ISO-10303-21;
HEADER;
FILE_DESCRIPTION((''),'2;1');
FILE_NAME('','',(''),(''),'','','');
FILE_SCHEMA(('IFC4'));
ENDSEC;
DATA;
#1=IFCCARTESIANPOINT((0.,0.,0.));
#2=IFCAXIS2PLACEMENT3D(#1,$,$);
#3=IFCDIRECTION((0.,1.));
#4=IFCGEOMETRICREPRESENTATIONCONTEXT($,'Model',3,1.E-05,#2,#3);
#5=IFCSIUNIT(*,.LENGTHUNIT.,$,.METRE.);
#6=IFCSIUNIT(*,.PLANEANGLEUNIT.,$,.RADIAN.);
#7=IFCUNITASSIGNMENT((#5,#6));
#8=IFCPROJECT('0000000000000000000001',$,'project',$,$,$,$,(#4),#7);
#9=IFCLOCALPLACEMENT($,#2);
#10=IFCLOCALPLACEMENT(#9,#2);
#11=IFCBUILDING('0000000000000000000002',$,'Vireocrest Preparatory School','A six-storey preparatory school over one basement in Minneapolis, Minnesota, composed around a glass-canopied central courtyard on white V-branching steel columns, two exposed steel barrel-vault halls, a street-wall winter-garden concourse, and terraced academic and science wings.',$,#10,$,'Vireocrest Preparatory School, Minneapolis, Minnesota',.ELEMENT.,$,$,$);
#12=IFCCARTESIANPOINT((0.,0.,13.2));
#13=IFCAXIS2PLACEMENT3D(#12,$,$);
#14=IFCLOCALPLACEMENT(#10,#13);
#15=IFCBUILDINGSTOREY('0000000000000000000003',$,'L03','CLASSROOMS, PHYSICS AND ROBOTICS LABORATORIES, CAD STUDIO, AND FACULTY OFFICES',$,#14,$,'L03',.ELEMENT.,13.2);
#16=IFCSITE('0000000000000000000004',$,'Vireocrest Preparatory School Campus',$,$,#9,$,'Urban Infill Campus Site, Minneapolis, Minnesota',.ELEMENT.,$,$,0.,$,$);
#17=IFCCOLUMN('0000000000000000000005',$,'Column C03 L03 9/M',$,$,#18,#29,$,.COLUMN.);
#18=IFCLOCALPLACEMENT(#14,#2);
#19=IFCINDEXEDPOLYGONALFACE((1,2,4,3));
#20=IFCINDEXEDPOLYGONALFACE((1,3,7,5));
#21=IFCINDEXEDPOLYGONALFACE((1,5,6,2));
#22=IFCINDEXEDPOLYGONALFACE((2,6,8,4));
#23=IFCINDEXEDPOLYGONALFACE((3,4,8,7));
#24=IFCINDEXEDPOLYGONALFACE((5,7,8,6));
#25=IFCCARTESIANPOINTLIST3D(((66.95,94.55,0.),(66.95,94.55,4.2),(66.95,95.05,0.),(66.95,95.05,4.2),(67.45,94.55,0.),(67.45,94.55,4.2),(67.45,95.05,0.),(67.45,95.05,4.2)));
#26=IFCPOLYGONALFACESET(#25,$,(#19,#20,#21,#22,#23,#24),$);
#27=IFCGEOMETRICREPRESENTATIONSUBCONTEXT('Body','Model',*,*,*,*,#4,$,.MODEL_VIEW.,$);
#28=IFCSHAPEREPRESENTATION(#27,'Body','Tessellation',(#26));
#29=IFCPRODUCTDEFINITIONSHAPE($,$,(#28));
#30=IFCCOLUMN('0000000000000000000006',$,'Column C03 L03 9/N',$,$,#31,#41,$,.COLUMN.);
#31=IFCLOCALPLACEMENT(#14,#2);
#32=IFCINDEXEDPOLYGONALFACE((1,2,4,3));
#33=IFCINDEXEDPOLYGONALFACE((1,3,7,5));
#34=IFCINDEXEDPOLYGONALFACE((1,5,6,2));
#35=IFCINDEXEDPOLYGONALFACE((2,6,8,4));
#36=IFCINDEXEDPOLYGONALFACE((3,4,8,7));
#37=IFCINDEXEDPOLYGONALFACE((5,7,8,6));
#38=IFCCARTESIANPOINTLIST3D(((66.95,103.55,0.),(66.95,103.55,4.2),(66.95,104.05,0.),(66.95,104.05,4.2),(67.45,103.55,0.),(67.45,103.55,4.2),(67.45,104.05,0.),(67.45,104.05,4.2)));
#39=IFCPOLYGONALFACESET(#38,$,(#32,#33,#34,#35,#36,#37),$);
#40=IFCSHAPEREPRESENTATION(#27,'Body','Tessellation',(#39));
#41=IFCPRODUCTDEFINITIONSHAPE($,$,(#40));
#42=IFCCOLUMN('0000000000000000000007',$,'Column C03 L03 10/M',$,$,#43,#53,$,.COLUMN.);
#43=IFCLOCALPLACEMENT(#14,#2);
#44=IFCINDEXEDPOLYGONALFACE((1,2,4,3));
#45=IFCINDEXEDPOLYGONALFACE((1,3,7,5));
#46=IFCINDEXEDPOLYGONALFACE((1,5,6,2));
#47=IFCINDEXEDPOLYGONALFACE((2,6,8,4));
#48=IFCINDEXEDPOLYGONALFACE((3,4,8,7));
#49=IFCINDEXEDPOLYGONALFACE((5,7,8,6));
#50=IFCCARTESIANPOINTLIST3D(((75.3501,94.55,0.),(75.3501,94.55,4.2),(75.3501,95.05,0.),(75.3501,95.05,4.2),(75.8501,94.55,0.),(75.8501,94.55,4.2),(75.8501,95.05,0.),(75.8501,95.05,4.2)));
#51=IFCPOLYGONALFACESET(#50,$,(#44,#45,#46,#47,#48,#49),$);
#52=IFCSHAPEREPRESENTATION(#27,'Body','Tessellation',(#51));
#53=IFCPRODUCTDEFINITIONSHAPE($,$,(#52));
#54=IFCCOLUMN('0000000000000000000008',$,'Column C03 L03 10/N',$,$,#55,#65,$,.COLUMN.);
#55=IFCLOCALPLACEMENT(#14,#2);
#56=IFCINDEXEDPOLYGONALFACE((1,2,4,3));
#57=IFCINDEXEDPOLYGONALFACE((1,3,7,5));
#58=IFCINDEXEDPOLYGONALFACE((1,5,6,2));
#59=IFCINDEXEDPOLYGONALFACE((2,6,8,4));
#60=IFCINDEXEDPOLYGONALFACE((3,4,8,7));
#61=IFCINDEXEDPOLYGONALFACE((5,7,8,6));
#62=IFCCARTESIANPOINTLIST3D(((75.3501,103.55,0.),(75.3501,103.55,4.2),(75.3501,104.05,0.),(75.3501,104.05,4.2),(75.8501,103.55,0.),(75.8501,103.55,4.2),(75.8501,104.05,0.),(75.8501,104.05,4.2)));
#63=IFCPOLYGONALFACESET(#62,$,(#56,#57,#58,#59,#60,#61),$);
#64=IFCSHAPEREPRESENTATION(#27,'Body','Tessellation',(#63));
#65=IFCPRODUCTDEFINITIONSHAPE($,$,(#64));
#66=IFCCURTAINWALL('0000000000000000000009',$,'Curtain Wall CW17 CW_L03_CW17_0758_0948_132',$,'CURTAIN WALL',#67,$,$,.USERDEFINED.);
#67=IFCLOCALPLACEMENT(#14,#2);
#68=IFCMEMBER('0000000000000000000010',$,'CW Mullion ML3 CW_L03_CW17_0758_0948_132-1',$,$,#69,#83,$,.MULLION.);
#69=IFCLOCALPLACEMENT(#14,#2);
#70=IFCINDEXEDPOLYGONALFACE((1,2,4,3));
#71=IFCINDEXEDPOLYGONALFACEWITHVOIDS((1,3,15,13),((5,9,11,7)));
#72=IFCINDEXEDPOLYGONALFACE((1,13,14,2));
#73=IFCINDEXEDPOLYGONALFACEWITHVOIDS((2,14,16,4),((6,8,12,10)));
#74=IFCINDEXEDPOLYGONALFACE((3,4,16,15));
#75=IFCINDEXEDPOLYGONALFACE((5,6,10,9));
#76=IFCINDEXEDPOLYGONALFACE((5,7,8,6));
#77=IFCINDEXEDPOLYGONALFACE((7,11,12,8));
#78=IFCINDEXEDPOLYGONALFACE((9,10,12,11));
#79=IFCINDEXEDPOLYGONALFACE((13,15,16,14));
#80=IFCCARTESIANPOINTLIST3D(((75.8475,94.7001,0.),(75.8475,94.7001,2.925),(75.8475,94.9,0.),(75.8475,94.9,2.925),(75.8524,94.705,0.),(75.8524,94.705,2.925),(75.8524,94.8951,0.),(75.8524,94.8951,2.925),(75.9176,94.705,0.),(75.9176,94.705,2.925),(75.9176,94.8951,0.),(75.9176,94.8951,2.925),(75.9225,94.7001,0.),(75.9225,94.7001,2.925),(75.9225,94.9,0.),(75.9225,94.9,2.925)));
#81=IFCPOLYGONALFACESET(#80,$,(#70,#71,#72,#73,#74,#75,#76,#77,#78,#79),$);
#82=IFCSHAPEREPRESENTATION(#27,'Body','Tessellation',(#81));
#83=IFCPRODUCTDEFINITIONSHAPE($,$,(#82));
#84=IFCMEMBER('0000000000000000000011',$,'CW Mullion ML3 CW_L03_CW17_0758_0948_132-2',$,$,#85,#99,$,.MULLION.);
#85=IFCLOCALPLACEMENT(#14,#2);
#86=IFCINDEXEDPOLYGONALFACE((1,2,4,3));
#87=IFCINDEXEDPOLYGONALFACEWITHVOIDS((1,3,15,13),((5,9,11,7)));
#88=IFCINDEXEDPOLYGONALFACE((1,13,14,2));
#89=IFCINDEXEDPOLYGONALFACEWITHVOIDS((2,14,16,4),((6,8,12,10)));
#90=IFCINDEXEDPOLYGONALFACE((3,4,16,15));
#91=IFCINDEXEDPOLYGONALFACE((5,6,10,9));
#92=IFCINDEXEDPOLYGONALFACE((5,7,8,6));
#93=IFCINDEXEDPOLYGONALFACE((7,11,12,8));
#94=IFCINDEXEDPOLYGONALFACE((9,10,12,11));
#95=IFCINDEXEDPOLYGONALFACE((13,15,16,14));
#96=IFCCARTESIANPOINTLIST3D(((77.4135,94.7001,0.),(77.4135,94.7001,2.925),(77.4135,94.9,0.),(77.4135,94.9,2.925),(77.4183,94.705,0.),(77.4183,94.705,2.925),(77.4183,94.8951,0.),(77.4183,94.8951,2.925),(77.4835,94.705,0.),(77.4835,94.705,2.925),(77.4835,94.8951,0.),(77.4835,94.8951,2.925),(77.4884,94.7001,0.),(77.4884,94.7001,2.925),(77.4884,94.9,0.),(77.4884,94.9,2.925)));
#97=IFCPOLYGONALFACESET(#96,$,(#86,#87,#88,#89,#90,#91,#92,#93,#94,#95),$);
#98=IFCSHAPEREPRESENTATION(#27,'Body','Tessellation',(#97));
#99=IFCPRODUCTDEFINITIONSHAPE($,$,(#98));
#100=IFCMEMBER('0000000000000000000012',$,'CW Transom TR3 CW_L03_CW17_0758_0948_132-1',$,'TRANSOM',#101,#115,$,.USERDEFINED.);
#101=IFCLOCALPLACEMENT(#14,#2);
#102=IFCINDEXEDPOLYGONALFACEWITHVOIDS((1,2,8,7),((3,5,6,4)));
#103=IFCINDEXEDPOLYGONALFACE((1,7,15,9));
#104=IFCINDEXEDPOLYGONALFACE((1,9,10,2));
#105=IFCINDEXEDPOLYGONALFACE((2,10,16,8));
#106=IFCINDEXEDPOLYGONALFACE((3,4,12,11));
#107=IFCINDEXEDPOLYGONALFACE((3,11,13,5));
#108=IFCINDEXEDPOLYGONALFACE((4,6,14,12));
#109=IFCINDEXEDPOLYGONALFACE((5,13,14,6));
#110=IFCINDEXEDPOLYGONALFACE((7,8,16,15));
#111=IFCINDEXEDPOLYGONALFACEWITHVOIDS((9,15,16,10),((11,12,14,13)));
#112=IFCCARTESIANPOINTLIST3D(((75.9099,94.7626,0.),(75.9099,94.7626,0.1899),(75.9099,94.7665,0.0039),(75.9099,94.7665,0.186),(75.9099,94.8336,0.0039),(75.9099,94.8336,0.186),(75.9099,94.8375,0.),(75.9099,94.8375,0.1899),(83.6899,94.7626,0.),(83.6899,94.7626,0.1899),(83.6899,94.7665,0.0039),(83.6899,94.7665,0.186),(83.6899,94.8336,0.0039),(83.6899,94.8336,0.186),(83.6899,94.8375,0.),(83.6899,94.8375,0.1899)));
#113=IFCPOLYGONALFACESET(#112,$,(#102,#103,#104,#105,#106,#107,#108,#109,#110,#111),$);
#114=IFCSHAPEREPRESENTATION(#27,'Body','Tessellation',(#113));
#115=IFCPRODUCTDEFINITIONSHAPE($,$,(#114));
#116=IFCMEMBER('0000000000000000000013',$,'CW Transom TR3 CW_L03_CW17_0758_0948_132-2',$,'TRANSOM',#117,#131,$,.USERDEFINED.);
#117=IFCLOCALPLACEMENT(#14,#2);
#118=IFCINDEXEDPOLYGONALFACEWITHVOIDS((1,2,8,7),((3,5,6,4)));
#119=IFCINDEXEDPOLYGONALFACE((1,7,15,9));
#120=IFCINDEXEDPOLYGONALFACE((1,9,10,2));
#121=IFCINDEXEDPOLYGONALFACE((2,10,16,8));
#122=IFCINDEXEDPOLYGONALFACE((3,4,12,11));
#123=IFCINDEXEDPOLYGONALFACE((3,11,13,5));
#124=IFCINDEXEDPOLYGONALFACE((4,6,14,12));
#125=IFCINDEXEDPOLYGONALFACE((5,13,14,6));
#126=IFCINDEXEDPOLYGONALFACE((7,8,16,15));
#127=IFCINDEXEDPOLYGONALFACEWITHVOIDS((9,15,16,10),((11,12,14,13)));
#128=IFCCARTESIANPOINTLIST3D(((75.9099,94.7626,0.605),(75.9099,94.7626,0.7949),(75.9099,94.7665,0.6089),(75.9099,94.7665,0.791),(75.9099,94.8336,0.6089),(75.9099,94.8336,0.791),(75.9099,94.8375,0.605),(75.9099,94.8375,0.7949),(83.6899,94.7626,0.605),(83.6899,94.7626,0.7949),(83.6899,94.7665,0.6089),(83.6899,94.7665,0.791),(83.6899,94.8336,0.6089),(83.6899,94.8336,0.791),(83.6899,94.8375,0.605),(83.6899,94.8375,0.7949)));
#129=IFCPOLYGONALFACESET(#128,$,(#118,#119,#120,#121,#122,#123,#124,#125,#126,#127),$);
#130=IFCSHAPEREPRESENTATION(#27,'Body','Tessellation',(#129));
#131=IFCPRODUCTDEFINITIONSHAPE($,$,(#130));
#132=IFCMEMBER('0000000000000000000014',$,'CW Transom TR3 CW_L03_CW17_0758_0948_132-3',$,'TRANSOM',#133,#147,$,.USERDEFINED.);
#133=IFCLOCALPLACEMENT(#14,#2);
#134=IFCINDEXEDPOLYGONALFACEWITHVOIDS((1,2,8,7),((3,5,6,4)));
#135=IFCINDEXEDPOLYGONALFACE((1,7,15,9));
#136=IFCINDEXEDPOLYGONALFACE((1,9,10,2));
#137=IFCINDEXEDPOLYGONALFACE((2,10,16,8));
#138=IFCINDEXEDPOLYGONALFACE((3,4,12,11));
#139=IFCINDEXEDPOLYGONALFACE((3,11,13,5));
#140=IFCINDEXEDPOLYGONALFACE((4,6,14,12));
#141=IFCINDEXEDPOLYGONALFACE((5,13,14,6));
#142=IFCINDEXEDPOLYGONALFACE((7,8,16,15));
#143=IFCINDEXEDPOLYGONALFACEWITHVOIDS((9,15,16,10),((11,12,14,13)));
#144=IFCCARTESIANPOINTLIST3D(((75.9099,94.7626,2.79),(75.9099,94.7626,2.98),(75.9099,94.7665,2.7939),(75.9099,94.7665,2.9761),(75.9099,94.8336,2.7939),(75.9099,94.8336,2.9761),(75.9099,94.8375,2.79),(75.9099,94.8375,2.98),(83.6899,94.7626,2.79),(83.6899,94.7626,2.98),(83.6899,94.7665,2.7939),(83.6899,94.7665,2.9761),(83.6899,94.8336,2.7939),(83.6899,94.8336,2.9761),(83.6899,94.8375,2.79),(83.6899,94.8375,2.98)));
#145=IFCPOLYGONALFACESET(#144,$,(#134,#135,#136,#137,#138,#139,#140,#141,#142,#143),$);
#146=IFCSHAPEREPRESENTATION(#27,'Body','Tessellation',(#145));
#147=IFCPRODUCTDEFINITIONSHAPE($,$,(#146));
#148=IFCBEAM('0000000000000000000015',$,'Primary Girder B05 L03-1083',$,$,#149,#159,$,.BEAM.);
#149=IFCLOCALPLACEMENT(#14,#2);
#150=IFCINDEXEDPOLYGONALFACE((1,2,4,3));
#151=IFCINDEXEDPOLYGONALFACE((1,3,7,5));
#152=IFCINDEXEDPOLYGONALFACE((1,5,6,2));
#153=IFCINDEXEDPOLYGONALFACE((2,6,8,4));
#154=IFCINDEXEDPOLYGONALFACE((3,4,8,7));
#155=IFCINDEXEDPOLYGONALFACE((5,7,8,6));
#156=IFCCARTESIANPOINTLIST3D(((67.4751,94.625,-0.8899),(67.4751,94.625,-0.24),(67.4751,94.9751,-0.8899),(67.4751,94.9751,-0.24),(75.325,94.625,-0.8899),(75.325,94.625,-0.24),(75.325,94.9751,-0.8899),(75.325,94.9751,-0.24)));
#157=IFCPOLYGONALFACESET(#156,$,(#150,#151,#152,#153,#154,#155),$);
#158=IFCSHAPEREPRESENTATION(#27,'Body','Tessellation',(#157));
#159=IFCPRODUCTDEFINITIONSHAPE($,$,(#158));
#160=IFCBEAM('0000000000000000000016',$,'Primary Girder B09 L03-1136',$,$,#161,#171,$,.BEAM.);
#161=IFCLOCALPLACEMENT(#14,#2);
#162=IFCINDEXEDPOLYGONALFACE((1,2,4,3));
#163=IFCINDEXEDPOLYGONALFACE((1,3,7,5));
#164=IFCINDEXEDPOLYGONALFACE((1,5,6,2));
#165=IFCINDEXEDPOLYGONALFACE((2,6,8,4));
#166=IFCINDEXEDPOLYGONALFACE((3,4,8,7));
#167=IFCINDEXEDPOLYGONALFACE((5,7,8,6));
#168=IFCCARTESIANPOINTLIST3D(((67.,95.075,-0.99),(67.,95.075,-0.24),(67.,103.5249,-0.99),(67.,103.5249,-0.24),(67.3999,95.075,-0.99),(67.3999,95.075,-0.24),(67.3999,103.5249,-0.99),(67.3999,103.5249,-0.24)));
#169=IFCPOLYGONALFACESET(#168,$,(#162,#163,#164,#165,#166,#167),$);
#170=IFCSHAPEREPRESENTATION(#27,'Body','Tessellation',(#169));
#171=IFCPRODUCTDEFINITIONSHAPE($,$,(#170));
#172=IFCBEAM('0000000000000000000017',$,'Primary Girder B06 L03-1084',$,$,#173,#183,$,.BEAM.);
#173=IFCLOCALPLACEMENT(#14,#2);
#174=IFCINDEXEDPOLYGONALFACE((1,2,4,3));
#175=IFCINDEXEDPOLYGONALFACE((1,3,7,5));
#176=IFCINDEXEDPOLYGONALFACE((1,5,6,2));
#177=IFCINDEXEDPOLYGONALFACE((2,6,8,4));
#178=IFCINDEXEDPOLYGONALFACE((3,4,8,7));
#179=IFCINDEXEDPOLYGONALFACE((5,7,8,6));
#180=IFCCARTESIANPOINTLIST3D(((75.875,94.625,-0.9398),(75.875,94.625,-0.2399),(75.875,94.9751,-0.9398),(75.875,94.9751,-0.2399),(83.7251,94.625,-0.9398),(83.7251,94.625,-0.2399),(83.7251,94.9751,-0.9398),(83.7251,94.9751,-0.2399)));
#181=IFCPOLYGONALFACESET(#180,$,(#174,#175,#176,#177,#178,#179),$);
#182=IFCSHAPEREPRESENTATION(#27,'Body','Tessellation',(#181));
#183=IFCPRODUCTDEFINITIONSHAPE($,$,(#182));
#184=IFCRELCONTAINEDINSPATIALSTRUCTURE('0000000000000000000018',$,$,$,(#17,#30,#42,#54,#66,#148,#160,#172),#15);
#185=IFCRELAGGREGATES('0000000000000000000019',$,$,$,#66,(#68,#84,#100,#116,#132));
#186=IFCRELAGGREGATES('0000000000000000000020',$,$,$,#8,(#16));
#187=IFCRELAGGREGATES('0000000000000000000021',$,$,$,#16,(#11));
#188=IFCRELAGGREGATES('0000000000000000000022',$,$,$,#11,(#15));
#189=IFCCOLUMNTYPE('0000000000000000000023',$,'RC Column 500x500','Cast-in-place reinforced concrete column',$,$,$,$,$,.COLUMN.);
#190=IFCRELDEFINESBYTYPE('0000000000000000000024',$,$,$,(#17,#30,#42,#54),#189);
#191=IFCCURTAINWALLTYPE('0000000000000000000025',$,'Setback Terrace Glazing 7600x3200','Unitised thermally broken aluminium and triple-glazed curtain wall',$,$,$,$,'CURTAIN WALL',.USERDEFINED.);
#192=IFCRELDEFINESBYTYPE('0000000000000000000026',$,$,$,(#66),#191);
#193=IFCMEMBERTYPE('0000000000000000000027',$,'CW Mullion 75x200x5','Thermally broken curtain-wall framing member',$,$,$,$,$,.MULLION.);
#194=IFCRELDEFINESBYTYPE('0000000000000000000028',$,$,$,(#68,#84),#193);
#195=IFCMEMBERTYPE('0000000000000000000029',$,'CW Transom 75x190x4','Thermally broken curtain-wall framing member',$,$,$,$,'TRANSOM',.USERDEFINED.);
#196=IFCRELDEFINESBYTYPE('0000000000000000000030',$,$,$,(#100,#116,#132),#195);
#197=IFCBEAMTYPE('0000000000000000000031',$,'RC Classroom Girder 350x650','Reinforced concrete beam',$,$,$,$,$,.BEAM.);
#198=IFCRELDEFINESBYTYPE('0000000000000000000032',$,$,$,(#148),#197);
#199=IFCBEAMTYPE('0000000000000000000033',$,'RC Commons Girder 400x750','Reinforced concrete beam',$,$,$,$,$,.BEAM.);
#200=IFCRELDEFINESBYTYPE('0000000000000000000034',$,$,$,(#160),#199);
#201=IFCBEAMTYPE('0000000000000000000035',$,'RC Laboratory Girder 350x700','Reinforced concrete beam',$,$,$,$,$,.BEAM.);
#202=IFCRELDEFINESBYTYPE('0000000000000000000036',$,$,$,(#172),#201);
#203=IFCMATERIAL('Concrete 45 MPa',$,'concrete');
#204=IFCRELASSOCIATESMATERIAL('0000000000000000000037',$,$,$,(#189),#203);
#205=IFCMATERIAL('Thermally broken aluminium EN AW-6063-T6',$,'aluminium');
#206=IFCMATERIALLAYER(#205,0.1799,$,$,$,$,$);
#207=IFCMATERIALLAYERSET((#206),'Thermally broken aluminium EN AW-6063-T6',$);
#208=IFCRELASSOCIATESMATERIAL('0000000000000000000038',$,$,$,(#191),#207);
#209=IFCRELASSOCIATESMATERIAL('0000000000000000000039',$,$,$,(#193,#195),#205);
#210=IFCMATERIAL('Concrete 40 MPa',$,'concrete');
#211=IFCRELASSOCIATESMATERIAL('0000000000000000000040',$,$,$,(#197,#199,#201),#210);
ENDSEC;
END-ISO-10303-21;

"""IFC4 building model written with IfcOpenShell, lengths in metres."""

from ifc_helpers import new_model, si_unit, direction, frame, origin, origin_2d, place, context, subcontext, project, spatial, rectangle, hollow_rectangle, extrude, material, layer, layer_set, material_profile, profile_set, type_object, element, aggregate, save


model = new_model("IFC4")

# Units and contexts
model_context = context("Model", 3, precision=1e-05, world=origin(), true_north=direction((0.0, 1.0)))
body_context = subcontext(model_context, "Body", "Model", "MODEL_VIEW")
ifc_project = project(units=[si_unit("LENGTHUNIT", "METRE"), si_unit("PLANEANGLEUNIT", "RADIAN")], contexts=[model_context])

# Site, building, storey
site_placement = place(None, origin())
site = spatial("IfcSite", under=ifc_project, at=site_placement, Name="Vireocrest Preparatory School Campus", LongName="Urban Infill Campus Site, Minneapolis, Minnesota", CompositionType="ELEMENT", RefElevation=0.0)
building_placement = place(site_placement, origin())
building = spatial("IfcBuilding", under=site, at=building_placement, Name="Vireocrest Preparatory School", Description="A six-storey preparatory school over one basement in Minneapolis, Minnesota, composed around a glass-canopied central courtyard on white V-branching steel columns, two exposed steel barrel-vault halls, a street-wall winter-garden concourse, and terraced academic and science wings.", LongName="Vireocrest Preparatory School, Minneapolis, Minnesota", CompositionType="ELEMENT")
storey_placement = place(building_placement, frame((0.0, 0.0, 13.2)))
storey = spatial("IfcBuildingStorey", under=building, at=storey_placement, Name="L03", Description="CLASSROOMS, PHYSICS AND ROBOTICS LABORATORIES, CAD STUDIO, AND FACULTY OFFICES", LongName="L03", CompositionType="ELEMENT", Elevation=13.2)

# Columns
ifc_material_1 = material(Name="Concrete 45 MPa", Category="concrete")
ifc_material_profile_1 = material_profile(ifc_material_1, rectangle(XDim=0.5, YDim=0.5, at=origin_2d()), Name="RC 500x500")
ifc_profile_set_1 = profile_set([ifc_material_profile_1], Name="Concrete 45 MPa")
column_type = type_object("IfcColumnType", Name="RC Column 500x500", Description="Cast-in-place reinforced concrete column", PredefinedType="COLUMN", material=ifc_profile_set_1)
for number, where, z_axis, x_axis, name in (
    (1, (67.2, 94.8, 0.0), (0.0, 0.0, 1.0), (1.0, 0.0, 0.0), "Column C03 L03 9/M"),
    (2, (67.2, 103.8, 0.0), (0.0, 0.0, 1.0), (1.0, 0.0, 0.0), "Column C03 L03 9/N"),
    (3, (75.6001, 94.8, 0.0), (0.0, 0.0, 1.0), (1.0, 0.0, 0.0), "Column C03 L03 10/M"),
    (4, (75.6001, 103.8, 0.0), (0.0, 0.0, 1.0), (1.0, 0.0, 0.0), "Column C03 L03 10/N"),
):
    element("IfcColumn", number, at=place(storey_placement, frame(where, z_axis=z_axis, x_axis=x_axis)), inside=storey, type_object=column_type, Name=name, PredefinedType="COLUMN", context=body_context, shape_type="SweptSolid", body=[
        extrude(rectangle(XDim=0.5, YDim=0.5, at=origin_2d()), origin(), (0.0, 0.0, 1.0), 4.2),
    ])

# Curtain wall, members
ifc_material_2 = material(Name="Thermally broken aluminium EN AW-6063-T6", Category="aluminium")
ifc_layer_1 = layer(ifc_material_2, 0.1799)
ifc_layer_set_1 = layer_set([ifc_layer_1], Name="Thermally broken aluminium EN AW-6063-T6")
curtain_wall_type = type_object("IfcCurtainWallType", Name="Setback Terrace Glazing 7600x3200", Description="Unitised thermally broken aluminium and triple-glazed curtain wall", ElementType="CURTAIN WALL", PredefinedType="USERDEFINED", material=ifc_layer_set_1)
curtain_wall_placement = place(storey_placement, origin())
curtain_wall = element("IfcCurtainWall", 5, at=curtain_wall_placement, inside=storey, type_object=curtain_wall_type, Name="Curtain Wall CW17 CW_L03_CW17_0758_0948_132", ObjectType="CURTAIN WALL", PredefinedType="USERDEFINED")
ifc_material_profile_2 = material_profile(ifc_material_2, hollow_rectangle(XDim=0.075, YDim=0.2, WallThickness=0.0049, at=origin_2d()), Name="ALU 75x200x5")
ifc_profile_set_2 = profile_set([ifc_material_profile_2], Name="Thermally broken aluminium EN AW-6063-T6")
member_type_1 = type_object("IfcMemberType", Name="CW Mullion 75x200x5", Description="Thermally broken curtain-wall framing member", PredefinedType="MULLION", material=ifc_profile_set_2)
member_1_placement = place(storey_placement, frame((75.885, 94.8, 0.0), z_axis=(0.0, 0.0, 1.0), x_axis=(1.0, 0.0, 0.0)))
member_1 = element("IfcMember", 6, at=member_1_placement, type_object=member_type_1, Name="CW Mullion ML3 CW_L03_CW17_0758_0948_132-1", PredefinedType="MULLION", context=body_context, shape_type="SweptSolid", body=[
    extrude(hollow_rectangle(XDim=0.075, YDim=0.2, WallThickness=0.0049, at=origin_2d()), origin(), (0.0, 0.0, 1.0), 2.925),
])
member_2_placement = place(storey_placement, frame((77.4509, 94.8, 0.0), z_axis=(0.0, 0.0, 1.0), x_axis=(1.0, 0.0, 0.0)))
member_2 = element("IfcMember", 7, at=member_2_placement, type_object=member_type_1, Name="CW Mullion ML3 CW_L03_CW17_0758_0948_132-2", PredefinedType="MULLION", context=body_context, shape_type="SweptSolid", body=[
    extrude(hollow_rectangle(XDim=0.075, YDim=0.2, WallThickness=0.0049, at=origin_2d()), origin(), (0.0, 0.0, 1.0), 2.925),
])
ifc_material_profile_3 = material_profile(ifc_material_2, hollow_rectangle(XDim=0.075, YDim=0.1899, WallThickness=0.0039, at=origin_2d()), Name="ALU 75x190x4")
ifc_profile_set_3 = profile_set([ifc_material_profile_3], Name="Thermally broken aluminium EN AW-6063-T6")
member_type_2 = type_object("IfcMemberType", Name="CW Transom 75x190x4", Description="Thermally broken curtain-wall framing member", ElementType="TRANSOM", PredefinedType="USERDEFINED", material=ifc_profile_set_3)
member_3_placement = place(storey_placement, frame((75.9099, 94.8, 0.095), z_axis=(1.0, 0.0, 0.0), x_axis=(0.0, 1.0, 0.0)))
member_3 = element("IfcMember", 8, at=member_3_placement, type_object=member_type_2, Name="CW Transom TR3 CW_L03_CW17_0758_0948_132-1", ObjectType="TRANSOM", PredefinedType="USERDEFINED", context=body_context, shape_type="SweptSolid", body=[
    extrude(hollow_rectangle(XDim=0.075, YDim=0.1899, WallThickness=0.0039, at=origin_2d()), origin(), (0.0, 0.0, 1.0), 7.78),
])
member_4_placement = place(storey_placement, frame((75.9099, 94.8, 0.7), z_axis=(1.0, 0.0, 0.0), x_axis=(0.0, 1.0, 0.0)))
member_4 = element("IfcMember", 9, at=member_4_placement, type_object=member_type_2, Name="CW Transom TR3 CW_L03_CW17_0758_0948_132-2", ObjectType="TRANSOM", PredefinedType="USERDEFINED", context=body_context, shape_type="SweptSolid", body=[
    extrude(hollow_rectangle(XDim=0.075, YDim=0.1899, WallThickness=0.0039, at=origin_2d()), origin(), (0.0, 0.0, 1.0), 7.78),
])
member_5_placement = place(storey_placement, frame((75.9099, 94.8, 2.885), z_axis=(1.0, 0.0, 0.0), x_axis=(0.0, 1.0, 0.0)))
member_5 = element("IfcMember", 10, at=member_5_placement, type_object=member_type_2, Name="CW Transom TR3 CW_L03_CW17_0758_0948_132-3", ObjectType="TRANSOM", PredefinedType="USERDEFINED", context=body_context, shape_type="SweptSolid", body=[
    extrude(hollow_rectangle(XDim=0.075, YDim=0.1899, WallThickness=0.0039, at=origin_2d()), origin(), (0.0, 0.0, 1.0), 7.78),
])

# Beams
ifc_material_3 = material(Name="Concrete 40 MPa", Category="concrete")
ifc_material_profile_4 = material_profile(ifc_material_3, rectangle(XDim=0.3501, YDim=0.6499, at=origin_2d()), Name="RC 350x650")
ifc_profile_set_4 = profile_set([ifc_material_profile_4], Name="Concrete 40 MPa")
beam_type_1 = type_object("IfcBeamType", Name="RC Classroom Girder 350x650", Description="Reinforced concrete beam", PredefinedType="BEAM", material=ifc_profile_set_4)
beam_1_placement = place(storey_placement, frame((67.4751, 94.8, -0.5649), z_axis=(1.0, 0.0, 0.0), x_axis=(0.0, 1.0, 0.0)))
element("IfcBeam", 11, at=beam_1_placement, inside=storey, type_object=beam_type_1, Name="Primary Girder B05 L03-1083", PredefinedType="BEAM", context=body_context, shape_type="SweptSolid", body=[
    extrude(rectangle(XDim=0.3501, YDim=0.6499, at=origin_2d()), origin(), (0.0, 0.0, 1.0), 7.8499),
])
ifc_material_profile_5 = material_profile(ifc_material_3, rectangle(XDim=0.3999, YDim=0.75, at=origin_2d()), Name="RC 400x750")
ifc_profile_set_5 = profile_set([ifc_material_profile_5], Name="Concrete 40 MPa")
beam_type_2 = type_object("IfcBeamType", Name="RC Commons Girder 400x750", Description="Reinforced concrete beam", PredefinedType="BEAM", material=ifc_profile_set_5)
beam_2_placement = place(storey_placement, frame((67.2, 95.075, -0.615), z_axis=(0.0, 1.0, 0.0), x_axis=(-1.0, 0.0, 0.0)))
element("IfcBeam", 12, at=beam_2_placement, inside=storey, type_object=beam_type_2, Name="Primary Girder B09 L03-1136", PredefinedType="BEAM", context=body_context, shape_type="SweptSolid", body=[
    extrude(rectangle(XDim=0.3999, YDim=0.75, at=origin_2d()), origin(), (0.0, 0.0, 1.0), 8.45),
])
ifc_material_profile_6 = material_profile(ifc_material_3, rectangle(XDim=0.3501, YDim=0.7, at=origin_2d()), Name="RC 350x700")
ifc_profile_set_6 = profile_set([ifc_material_profile_6], Name="Concrete 40 MPa")
beam_type_3 = type_object("IfcBeamType", Name="RC Laboratory Girder 350x700", Description="Reinforced concrete beam", PredefinedType="BEAM", material=ifc_profile_set_6)
beam_3_placement = place(storey_placement, frame((75.875, 94.8, -0.5898), z_axis=(1.0, 0.0, 0.0), x_axis=(0.0, 1.0, 0.0)))
element("IfcBeam", 13, at=beam_3_placement, inside=storey, type_object=beam_type_3, Name="Primary Girder B06 L03-1084", PredefinedType="BEAM", context=body_context, shape_type="SweptSolid", body=[
    extrude(rectangle(XDim=0.3501, YDim=0.7, at=origin_2d()), origin(), (0.0, 0.0, 1.0), 7.8501),
])

aggregate(curtain_wall, [member_1, member_2, member_3, member_4, member_5])

save(model, "model.ifc")
